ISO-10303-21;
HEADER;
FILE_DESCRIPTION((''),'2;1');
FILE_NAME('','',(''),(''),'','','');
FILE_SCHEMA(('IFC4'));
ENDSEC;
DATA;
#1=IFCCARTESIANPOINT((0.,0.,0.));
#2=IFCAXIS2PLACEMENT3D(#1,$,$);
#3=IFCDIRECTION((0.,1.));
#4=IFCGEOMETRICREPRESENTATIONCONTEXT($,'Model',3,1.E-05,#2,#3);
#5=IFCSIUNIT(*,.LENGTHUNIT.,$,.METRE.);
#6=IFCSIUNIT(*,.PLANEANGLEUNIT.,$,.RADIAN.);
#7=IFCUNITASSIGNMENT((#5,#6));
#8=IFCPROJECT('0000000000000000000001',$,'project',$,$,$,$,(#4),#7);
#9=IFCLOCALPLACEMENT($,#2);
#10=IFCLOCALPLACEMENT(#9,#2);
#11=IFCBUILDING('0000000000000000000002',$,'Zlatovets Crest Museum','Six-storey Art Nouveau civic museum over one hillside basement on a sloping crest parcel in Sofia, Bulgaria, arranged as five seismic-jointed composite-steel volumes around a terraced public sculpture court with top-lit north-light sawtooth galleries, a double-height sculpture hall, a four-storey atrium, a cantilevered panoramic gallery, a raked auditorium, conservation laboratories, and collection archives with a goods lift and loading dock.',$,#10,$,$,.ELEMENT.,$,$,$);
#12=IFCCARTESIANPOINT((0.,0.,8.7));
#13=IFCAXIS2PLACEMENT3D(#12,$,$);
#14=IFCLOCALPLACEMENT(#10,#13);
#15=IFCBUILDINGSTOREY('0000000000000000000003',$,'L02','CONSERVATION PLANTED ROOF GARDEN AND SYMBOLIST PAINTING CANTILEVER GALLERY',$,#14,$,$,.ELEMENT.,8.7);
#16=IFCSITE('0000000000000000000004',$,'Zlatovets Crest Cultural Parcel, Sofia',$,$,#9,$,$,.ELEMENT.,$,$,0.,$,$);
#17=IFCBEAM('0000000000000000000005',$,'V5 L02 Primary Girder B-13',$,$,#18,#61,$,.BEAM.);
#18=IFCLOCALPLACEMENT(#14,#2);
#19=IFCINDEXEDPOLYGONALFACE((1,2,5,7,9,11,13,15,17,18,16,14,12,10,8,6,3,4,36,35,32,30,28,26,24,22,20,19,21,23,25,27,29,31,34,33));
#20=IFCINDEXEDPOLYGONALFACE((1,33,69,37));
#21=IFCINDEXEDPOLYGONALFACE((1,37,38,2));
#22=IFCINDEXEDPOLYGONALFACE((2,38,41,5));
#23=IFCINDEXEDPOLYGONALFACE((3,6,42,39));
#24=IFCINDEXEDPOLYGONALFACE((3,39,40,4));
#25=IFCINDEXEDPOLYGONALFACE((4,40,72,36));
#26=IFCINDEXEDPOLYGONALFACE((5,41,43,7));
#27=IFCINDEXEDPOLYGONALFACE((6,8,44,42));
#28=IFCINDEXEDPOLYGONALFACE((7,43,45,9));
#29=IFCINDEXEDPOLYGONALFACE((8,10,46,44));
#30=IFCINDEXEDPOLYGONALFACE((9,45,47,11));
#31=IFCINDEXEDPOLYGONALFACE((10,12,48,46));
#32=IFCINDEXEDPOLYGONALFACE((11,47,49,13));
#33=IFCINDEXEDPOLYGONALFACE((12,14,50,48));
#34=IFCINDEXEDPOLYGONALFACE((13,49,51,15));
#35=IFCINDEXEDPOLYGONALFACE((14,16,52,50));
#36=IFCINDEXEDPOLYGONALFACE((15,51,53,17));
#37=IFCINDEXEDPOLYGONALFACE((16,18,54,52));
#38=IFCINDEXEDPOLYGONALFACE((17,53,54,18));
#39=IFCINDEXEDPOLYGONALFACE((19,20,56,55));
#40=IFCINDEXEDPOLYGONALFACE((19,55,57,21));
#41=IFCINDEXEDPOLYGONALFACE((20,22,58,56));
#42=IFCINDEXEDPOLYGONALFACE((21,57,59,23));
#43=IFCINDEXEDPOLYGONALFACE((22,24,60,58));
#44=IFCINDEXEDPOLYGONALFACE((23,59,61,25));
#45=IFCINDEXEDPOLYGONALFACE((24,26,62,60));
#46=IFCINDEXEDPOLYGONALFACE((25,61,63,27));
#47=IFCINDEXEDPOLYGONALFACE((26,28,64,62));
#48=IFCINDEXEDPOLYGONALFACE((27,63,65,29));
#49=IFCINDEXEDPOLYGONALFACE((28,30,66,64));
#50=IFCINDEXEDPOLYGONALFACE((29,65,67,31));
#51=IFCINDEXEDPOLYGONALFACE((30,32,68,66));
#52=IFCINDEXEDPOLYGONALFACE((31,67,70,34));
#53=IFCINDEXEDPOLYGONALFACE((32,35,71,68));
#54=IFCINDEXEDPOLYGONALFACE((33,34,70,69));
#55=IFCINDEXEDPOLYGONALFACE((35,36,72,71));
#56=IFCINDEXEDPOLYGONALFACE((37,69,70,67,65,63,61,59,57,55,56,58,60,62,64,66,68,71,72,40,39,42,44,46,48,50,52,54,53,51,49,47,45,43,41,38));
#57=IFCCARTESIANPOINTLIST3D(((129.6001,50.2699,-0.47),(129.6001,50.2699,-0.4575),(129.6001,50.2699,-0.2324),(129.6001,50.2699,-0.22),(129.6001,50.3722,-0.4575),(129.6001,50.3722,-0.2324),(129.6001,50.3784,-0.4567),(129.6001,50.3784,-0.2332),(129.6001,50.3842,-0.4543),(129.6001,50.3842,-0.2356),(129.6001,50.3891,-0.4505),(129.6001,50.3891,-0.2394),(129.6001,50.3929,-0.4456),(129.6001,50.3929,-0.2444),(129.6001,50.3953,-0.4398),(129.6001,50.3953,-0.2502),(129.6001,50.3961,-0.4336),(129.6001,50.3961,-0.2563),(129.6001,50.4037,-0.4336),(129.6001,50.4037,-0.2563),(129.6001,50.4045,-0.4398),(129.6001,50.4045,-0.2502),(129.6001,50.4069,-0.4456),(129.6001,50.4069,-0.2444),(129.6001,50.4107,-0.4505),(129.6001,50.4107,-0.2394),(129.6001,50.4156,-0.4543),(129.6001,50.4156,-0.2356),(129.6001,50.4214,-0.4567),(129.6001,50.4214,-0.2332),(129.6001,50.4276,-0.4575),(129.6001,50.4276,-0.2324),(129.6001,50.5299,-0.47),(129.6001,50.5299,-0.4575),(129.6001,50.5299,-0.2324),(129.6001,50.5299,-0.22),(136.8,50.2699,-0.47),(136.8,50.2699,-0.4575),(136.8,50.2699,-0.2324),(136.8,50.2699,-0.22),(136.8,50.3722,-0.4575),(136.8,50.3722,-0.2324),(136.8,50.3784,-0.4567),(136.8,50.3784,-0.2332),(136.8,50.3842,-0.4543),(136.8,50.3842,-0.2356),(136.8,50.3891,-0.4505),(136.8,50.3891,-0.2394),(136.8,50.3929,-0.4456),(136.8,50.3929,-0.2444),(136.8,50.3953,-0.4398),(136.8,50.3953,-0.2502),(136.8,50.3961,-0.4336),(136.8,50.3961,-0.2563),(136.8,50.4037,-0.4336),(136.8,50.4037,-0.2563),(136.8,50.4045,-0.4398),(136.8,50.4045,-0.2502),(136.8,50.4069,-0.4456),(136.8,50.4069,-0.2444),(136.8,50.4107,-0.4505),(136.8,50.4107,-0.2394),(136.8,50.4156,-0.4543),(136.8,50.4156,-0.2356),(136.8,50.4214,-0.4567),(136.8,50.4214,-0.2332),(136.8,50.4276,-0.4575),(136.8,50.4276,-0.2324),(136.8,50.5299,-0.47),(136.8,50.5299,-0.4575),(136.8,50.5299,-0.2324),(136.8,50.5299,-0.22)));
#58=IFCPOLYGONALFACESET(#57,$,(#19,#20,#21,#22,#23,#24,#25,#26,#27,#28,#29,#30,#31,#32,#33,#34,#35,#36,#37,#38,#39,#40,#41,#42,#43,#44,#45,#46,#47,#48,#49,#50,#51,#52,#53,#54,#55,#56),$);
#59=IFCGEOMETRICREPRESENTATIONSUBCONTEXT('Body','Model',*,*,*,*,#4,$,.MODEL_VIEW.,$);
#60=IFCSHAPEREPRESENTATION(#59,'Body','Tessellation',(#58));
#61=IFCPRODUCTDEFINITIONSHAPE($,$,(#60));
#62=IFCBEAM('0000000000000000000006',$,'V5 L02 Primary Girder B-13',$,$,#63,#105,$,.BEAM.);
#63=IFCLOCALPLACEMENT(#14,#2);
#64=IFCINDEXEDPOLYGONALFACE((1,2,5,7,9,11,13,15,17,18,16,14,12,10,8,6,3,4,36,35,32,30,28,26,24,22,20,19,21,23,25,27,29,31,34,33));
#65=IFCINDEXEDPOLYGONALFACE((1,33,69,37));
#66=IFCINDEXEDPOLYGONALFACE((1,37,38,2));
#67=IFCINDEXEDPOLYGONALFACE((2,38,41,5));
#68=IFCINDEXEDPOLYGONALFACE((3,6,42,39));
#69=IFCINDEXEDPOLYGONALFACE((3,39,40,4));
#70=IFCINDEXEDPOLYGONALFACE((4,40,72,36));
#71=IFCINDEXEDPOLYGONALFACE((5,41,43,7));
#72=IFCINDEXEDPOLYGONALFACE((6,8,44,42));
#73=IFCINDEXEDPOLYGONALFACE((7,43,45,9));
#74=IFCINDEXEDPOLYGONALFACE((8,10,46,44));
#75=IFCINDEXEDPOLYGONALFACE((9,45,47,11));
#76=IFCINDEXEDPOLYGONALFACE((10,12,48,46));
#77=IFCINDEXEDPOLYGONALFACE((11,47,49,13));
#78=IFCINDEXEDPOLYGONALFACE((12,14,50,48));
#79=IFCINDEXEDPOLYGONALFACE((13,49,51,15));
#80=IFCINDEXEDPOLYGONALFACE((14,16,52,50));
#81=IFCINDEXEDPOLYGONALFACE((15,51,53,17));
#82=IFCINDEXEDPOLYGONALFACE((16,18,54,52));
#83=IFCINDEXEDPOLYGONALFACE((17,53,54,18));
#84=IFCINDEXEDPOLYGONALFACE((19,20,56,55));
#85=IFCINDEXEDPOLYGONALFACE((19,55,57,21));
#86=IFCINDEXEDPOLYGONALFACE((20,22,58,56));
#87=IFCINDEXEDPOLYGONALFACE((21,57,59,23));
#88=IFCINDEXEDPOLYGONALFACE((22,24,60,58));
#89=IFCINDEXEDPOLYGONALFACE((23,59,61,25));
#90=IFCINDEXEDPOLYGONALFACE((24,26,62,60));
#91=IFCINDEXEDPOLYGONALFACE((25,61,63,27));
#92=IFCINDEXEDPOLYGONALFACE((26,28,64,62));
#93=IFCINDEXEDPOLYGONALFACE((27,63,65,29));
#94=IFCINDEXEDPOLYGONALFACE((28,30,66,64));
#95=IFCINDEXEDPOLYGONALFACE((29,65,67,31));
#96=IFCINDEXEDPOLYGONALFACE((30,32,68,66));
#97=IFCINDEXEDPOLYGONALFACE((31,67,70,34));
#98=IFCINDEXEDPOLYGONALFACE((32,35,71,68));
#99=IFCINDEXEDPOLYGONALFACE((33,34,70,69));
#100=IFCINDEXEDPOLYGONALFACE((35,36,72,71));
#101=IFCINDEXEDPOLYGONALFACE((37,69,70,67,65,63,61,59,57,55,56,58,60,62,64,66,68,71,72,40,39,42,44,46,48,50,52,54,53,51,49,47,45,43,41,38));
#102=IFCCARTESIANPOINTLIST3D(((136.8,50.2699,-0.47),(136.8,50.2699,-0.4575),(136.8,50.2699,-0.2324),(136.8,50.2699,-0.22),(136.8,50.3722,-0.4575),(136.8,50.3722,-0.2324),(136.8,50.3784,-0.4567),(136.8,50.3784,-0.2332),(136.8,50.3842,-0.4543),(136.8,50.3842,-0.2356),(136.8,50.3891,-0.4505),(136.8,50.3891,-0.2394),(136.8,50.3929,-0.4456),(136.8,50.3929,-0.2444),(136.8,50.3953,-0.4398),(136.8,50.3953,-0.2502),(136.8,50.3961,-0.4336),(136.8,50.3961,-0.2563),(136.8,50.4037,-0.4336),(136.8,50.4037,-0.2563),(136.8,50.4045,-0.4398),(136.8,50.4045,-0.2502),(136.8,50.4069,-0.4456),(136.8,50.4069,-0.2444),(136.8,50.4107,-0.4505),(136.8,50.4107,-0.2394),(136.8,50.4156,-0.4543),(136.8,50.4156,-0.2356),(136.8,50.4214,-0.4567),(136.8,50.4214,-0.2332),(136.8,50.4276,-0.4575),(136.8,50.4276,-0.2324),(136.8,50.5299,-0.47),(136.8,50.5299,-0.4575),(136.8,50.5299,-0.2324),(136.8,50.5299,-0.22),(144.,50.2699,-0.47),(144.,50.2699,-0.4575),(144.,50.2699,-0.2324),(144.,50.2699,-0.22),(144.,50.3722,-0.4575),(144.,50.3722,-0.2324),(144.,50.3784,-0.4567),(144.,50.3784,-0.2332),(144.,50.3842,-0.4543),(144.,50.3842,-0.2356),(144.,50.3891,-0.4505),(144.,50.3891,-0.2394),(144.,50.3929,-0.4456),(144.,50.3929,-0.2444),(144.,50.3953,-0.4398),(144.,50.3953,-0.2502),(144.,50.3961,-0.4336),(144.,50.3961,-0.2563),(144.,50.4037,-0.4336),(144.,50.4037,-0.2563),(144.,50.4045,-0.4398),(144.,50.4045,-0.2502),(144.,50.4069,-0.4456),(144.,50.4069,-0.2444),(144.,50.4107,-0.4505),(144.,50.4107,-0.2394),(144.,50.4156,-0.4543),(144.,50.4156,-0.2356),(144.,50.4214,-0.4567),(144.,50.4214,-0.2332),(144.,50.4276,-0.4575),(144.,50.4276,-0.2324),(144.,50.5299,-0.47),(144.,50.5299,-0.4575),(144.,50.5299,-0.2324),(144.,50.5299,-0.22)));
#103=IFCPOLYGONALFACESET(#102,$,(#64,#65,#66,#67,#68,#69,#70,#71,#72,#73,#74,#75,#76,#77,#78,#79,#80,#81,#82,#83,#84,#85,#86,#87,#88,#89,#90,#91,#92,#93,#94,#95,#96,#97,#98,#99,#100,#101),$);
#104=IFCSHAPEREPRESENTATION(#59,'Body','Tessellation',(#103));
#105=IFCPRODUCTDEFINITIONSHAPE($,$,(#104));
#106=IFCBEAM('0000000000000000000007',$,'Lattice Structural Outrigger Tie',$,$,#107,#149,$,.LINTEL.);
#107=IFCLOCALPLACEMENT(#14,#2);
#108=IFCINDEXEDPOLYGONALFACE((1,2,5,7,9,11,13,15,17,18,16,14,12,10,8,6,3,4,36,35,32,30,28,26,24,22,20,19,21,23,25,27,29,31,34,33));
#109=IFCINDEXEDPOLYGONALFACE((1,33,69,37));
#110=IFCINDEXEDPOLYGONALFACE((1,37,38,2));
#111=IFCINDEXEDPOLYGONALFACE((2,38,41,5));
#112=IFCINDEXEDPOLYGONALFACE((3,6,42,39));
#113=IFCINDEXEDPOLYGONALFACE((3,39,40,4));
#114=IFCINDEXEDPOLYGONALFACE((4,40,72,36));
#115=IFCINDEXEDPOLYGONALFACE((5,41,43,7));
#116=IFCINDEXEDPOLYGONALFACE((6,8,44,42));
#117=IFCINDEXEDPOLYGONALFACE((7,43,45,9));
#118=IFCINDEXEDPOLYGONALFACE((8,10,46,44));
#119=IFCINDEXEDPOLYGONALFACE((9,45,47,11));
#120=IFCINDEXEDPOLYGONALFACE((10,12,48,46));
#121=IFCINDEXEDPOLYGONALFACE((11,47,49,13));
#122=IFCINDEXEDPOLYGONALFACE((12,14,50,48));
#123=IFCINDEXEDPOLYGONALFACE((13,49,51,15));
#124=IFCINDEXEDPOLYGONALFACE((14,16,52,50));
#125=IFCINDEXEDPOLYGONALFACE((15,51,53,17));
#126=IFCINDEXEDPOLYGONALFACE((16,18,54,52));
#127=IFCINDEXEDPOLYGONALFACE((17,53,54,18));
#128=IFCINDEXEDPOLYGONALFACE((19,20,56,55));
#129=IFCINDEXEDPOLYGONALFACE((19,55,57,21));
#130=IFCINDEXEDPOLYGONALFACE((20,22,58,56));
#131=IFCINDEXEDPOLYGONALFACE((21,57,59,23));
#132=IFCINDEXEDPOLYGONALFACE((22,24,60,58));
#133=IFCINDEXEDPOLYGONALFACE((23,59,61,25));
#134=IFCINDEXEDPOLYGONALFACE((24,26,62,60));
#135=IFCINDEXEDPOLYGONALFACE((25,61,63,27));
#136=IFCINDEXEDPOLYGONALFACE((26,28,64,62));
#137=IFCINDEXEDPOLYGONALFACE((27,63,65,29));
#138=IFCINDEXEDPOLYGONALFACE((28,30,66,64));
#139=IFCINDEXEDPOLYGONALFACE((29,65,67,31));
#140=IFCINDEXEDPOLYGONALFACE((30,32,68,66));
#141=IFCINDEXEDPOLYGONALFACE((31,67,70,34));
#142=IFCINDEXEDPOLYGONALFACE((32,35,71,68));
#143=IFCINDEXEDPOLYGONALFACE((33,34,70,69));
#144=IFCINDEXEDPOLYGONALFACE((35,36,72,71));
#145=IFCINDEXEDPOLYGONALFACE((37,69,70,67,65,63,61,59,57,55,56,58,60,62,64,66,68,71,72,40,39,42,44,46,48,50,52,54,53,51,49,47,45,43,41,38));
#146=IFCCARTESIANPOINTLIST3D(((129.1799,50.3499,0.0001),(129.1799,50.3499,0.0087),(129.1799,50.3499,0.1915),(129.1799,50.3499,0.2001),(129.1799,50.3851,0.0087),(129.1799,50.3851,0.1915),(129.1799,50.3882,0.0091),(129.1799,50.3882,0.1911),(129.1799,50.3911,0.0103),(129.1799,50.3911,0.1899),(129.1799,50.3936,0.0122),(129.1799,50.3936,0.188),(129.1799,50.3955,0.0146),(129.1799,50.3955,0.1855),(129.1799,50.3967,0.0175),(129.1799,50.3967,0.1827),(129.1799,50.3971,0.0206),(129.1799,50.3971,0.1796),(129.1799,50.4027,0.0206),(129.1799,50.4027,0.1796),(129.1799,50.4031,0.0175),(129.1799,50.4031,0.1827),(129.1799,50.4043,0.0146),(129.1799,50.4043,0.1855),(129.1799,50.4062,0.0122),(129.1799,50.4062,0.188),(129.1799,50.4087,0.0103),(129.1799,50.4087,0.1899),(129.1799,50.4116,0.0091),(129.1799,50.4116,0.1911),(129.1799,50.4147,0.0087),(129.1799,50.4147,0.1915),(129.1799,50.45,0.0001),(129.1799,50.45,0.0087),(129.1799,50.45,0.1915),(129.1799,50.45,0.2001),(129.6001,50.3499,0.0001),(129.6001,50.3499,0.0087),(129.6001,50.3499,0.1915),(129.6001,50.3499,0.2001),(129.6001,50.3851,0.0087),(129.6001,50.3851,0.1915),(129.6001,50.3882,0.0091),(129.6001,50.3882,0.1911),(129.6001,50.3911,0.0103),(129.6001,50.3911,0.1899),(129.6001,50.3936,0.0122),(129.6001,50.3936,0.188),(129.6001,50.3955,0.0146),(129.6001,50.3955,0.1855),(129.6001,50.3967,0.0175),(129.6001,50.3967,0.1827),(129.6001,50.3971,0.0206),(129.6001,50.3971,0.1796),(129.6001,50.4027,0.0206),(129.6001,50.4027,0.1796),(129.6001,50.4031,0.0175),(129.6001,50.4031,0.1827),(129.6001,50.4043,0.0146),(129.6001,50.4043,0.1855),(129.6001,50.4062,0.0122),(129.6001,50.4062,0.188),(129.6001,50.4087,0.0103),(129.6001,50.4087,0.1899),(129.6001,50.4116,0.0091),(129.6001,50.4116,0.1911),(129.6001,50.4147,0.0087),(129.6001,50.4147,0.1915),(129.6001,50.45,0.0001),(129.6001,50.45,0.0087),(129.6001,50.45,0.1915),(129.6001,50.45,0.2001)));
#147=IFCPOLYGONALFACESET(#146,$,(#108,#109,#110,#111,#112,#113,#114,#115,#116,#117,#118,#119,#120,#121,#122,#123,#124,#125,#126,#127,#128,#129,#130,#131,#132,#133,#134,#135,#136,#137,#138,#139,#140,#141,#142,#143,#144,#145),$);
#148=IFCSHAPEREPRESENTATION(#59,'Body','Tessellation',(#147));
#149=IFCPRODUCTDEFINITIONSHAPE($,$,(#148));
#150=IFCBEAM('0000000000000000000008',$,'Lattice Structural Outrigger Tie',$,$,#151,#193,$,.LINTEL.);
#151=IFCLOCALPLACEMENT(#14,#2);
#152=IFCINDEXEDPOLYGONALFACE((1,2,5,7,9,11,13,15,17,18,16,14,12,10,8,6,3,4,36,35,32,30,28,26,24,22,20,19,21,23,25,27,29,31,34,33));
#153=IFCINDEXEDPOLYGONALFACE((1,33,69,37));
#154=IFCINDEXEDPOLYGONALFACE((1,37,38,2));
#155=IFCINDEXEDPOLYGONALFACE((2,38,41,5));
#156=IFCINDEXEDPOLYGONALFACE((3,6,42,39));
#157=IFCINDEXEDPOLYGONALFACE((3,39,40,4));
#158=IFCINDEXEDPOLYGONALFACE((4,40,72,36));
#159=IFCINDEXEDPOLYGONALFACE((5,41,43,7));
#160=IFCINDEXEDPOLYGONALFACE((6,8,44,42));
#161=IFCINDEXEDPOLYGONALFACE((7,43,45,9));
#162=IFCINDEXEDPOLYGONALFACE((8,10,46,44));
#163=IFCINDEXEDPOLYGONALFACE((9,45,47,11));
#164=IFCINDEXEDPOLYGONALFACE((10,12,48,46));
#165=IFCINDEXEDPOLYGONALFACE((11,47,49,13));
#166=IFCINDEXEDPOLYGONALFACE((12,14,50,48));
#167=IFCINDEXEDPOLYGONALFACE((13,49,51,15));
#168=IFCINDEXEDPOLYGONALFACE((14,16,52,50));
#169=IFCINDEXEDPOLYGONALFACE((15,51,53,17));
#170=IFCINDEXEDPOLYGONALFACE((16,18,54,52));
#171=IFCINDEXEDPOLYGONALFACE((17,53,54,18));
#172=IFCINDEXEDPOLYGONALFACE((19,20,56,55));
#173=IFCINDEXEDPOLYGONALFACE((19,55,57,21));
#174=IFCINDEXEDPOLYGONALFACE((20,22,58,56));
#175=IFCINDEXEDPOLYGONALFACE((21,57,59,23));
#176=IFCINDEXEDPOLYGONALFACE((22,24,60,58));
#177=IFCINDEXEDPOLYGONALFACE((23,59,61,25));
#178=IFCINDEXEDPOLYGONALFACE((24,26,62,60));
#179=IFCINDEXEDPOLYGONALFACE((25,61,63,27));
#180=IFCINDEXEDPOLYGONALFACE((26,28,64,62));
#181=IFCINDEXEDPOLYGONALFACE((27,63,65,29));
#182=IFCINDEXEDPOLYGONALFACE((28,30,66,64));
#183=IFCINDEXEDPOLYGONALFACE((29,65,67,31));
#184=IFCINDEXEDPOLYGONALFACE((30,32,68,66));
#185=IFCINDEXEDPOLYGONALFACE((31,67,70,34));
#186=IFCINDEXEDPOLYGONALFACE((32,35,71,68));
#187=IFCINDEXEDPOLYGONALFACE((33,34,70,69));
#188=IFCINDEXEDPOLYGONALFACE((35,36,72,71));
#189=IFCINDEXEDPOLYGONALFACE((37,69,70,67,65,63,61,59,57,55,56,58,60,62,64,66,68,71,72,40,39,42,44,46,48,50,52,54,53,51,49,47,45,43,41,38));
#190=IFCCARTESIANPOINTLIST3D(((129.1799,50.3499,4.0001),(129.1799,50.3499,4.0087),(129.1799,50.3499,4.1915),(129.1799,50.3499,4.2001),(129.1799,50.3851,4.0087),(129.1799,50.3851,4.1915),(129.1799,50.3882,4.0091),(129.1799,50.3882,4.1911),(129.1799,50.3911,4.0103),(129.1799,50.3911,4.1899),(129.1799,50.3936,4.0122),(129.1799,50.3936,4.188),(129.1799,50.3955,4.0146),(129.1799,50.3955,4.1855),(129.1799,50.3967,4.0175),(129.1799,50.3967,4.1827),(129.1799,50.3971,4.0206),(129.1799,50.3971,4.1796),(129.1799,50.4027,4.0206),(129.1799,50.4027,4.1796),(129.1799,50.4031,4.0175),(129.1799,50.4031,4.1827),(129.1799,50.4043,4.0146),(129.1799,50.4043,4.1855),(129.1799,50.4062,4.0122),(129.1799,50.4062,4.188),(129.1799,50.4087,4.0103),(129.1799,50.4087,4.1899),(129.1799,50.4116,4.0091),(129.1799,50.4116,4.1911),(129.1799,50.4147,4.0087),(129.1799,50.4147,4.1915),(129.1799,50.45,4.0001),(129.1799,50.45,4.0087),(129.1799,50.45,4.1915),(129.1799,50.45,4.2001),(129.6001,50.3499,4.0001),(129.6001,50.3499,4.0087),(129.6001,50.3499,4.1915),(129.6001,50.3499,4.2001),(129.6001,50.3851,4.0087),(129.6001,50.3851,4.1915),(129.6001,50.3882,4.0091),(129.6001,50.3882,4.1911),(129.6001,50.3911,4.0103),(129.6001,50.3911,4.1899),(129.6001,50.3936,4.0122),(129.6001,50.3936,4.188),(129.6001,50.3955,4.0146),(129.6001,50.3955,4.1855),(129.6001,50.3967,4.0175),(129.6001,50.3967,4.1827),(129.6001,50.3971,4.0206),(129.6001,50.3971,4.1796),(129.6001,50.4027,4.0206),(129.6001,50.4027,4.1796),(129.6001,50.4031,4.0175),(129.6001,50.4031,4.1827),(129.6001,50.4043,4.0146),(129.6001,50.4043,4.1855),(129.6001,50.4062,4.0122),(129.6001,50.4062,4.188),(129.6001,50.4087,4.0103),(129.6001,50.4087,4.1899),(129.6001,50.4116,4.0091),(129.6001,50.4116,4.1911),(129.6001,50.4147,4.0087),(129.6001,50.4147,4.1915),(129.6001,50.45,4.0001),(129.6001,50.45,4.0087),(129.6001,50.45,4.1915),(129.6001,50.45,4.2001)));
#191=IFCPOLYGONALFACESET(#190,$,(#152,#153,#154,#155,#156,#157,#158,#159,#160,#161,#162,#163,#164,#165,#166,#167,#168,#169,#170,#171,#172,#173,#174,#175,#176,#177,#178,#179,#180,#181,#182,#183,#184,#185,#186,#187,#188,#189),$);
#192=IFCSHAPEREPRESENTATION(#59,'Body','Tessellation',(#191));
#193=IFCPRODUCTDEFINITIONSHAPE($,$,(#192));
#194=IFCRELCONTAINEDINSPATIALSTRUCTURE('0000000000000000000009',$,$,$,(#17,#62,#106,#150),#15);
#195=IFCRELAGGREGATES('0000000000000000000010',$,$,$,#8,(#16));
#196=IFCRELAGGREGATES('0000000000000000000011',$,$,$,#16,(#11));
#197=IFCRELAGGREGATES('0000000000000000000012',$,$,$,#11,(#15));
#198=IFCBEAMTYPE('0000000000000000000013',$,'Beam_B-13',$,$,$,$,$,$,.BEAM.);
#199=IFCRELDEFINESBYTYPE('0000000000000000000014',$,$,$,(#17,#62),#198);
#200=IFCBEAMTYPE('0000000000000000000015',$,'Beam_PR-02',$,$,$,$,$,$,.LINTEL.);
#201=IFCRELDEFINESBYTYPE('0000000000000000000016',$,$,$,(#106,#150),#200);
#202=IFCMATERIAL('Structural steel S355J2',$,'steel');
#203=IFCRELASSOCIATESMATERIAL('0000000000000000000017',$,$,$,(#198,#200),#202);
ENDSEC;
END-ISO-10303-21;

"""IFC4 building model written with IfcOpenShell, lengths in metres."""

from ifc_helpers import new_model, si_unit, direction, frame, origin, origin_2d, place, context, subcontext, project, spatial, i_section, extrude, material, material_profile, profile_set, type_object, element, save


model = new_model("IFC4")

# Units and contexts
model_context = context("Model", 3, precision=1e-05, world=origin(), true_north=direction((0.0, 1.0)))
body_context = subcontext(model_context, "Body", "Model", "MODEL_VIEW")
ifc_project = project(units=[si_unit("LENGTHUNIT", "METRE"), si_unit("PLANEANGLEUNIT", "RADIAN")], contexts=[model_context])

# Site, building, storey
site_placement = place(None, origin())
site = spatial("IfcSite", under=ifc_project, at=site_placement, Name="Zlatovets Crest Cultural Parcel, Sofia", CompositionType="ELEMENT", RefElevation=0.0)
building_placement = place(site_placement, origin())
building = spatial("IfcBuilding", under=site, at=building_placement, Name="Zlatovets Crest Museum", Description="Six-storey Art Nouveau civic museum over one hillside basement on a sloping crest parcel in Sofia, Bulgaria, arranged as five seismic-jointed composite-steel volumes around a terraced public sculpture court with top-lit north-light sawtooth galleries, a double-height sculpture hall, a four-storey atrium, a cantilevered panoramic gallery, a raked auditorium, conservation laboratories, and collection archives with a goods lift and loading dock.", CompositionType="ELEMENT")
storey_placement = place(building_placement, frame((0.0, 0.0, 8.7)))
storey = spatial("IfcBuildingStorey", under=building, at=storey_placement, Name="L02", Description="CONSERVATION PLANTED ROOF GARDEN AND SYMBOLIST PAINTING CANTILEVER GALLERY", CompositionType="ELEMENT", Elevation=8.7)

# Shared definitions
ifc_material_1 = material(Name="Structural steel S355J2", Category="steel")

# Beams
ifc_material_profile_1 = material_profile(ifc_material_1, i_section(OverallWidth=0.26, OverallDepth=0.25, WebThickness=0.0076, FlangeThickness=0.0125, FilletRadius=0.0239, at=origin_2d()), Name="HEA 260")
ifc_profile_set_1 = profile_set([ifc_material_profile_1], Name="Structural steel S355J2")
beam_type_1 = type_object("IfcBeamType", Name="Beam_B-13", PredefinedType="BEAM", material=ifc_profile_set_1)
for number, where, z_axis, x_axis, name in (
    (1, (129.6001, 50.3999, -0.345), (1.0, 0.0, 0.0), (0.0, 1.0, 0.0), "V5 L02 Primary Girder B-13"),
    (2, (136.8, 50.3999, -0.345), (1.0, 0.0, 0.0), (0.0, 1.0, 0.0), "V5 L02 Primary Girder B-13"),
):
    element("IfcBeam", number, at=place(storey_placement, frame(where, z_axis=z_axis, x_axis=x_axis)), inside=storey, type_object=beam_type_1, Name=name, PredefinedType="BEAM", context=body_context, shape_type="SweptSolid", body=[
        extrude(i_section(OverallWidth=0.26, OverallDepth=0.25, WebThickness=0.0076, FlangeThickness=0.0125, FilletRadius=0.0239, at=origin_2d()), origin(), (0.0, 0.0, 1.0), 7.2),
    ])
ifc_material_profile_2 = material_profile(ifc_material_1, i_section(OverallWidth=0.1001, OverallDepth=0.2, WebThickness=0.0056, FlangeThickness=0.0085, FilletRadius=0.012, at=origin_2d()), Name="IPE 200")
ifc_profile_set_2 = profile_set([ifc_material_profile_2], Name="Structural steel S355J2")
beam_type_2 = type_object("IfcBeamType", Name="Beam_PR-02", PredefinedType="LINTEL", material=ifc_profile_set_2)
for number, where, z_axis, x_axis, name in (
    (3, (129.6001, 50.3999, 0.1001), (-1.0, 0.0, 0.0), (0.0, -1.0, 0.0), "Lattice Structural Outrigger Tie"),
    (4, (129.6001, 50.3999, 4.1001), (-1.0, 0.0, 0.0), (0.0, -1.0, 0.0), "Lattice Structural Outrigger Tie"),
):
    element("IfcBeam", number, at=place(storey_placement, frame(where, z_axis=z_axis, x_axis=x_axis)), inside=storey, type_object=beam_type_2, Name=name, PredefinedType="LINTEL", context=body_context, shape_type="SweptSolid", body=[
        extrude(i_section(OverallWidth=0.1001, OverallDepth=0.2, WebThickness=0.0056, FlangeThickness=0.0085, FilletRadius=0.012, at=origin_2d()), origin(), (0.0, 0.0, 1.0), 0.4202),
    ])

save(model, "model.ifc")
